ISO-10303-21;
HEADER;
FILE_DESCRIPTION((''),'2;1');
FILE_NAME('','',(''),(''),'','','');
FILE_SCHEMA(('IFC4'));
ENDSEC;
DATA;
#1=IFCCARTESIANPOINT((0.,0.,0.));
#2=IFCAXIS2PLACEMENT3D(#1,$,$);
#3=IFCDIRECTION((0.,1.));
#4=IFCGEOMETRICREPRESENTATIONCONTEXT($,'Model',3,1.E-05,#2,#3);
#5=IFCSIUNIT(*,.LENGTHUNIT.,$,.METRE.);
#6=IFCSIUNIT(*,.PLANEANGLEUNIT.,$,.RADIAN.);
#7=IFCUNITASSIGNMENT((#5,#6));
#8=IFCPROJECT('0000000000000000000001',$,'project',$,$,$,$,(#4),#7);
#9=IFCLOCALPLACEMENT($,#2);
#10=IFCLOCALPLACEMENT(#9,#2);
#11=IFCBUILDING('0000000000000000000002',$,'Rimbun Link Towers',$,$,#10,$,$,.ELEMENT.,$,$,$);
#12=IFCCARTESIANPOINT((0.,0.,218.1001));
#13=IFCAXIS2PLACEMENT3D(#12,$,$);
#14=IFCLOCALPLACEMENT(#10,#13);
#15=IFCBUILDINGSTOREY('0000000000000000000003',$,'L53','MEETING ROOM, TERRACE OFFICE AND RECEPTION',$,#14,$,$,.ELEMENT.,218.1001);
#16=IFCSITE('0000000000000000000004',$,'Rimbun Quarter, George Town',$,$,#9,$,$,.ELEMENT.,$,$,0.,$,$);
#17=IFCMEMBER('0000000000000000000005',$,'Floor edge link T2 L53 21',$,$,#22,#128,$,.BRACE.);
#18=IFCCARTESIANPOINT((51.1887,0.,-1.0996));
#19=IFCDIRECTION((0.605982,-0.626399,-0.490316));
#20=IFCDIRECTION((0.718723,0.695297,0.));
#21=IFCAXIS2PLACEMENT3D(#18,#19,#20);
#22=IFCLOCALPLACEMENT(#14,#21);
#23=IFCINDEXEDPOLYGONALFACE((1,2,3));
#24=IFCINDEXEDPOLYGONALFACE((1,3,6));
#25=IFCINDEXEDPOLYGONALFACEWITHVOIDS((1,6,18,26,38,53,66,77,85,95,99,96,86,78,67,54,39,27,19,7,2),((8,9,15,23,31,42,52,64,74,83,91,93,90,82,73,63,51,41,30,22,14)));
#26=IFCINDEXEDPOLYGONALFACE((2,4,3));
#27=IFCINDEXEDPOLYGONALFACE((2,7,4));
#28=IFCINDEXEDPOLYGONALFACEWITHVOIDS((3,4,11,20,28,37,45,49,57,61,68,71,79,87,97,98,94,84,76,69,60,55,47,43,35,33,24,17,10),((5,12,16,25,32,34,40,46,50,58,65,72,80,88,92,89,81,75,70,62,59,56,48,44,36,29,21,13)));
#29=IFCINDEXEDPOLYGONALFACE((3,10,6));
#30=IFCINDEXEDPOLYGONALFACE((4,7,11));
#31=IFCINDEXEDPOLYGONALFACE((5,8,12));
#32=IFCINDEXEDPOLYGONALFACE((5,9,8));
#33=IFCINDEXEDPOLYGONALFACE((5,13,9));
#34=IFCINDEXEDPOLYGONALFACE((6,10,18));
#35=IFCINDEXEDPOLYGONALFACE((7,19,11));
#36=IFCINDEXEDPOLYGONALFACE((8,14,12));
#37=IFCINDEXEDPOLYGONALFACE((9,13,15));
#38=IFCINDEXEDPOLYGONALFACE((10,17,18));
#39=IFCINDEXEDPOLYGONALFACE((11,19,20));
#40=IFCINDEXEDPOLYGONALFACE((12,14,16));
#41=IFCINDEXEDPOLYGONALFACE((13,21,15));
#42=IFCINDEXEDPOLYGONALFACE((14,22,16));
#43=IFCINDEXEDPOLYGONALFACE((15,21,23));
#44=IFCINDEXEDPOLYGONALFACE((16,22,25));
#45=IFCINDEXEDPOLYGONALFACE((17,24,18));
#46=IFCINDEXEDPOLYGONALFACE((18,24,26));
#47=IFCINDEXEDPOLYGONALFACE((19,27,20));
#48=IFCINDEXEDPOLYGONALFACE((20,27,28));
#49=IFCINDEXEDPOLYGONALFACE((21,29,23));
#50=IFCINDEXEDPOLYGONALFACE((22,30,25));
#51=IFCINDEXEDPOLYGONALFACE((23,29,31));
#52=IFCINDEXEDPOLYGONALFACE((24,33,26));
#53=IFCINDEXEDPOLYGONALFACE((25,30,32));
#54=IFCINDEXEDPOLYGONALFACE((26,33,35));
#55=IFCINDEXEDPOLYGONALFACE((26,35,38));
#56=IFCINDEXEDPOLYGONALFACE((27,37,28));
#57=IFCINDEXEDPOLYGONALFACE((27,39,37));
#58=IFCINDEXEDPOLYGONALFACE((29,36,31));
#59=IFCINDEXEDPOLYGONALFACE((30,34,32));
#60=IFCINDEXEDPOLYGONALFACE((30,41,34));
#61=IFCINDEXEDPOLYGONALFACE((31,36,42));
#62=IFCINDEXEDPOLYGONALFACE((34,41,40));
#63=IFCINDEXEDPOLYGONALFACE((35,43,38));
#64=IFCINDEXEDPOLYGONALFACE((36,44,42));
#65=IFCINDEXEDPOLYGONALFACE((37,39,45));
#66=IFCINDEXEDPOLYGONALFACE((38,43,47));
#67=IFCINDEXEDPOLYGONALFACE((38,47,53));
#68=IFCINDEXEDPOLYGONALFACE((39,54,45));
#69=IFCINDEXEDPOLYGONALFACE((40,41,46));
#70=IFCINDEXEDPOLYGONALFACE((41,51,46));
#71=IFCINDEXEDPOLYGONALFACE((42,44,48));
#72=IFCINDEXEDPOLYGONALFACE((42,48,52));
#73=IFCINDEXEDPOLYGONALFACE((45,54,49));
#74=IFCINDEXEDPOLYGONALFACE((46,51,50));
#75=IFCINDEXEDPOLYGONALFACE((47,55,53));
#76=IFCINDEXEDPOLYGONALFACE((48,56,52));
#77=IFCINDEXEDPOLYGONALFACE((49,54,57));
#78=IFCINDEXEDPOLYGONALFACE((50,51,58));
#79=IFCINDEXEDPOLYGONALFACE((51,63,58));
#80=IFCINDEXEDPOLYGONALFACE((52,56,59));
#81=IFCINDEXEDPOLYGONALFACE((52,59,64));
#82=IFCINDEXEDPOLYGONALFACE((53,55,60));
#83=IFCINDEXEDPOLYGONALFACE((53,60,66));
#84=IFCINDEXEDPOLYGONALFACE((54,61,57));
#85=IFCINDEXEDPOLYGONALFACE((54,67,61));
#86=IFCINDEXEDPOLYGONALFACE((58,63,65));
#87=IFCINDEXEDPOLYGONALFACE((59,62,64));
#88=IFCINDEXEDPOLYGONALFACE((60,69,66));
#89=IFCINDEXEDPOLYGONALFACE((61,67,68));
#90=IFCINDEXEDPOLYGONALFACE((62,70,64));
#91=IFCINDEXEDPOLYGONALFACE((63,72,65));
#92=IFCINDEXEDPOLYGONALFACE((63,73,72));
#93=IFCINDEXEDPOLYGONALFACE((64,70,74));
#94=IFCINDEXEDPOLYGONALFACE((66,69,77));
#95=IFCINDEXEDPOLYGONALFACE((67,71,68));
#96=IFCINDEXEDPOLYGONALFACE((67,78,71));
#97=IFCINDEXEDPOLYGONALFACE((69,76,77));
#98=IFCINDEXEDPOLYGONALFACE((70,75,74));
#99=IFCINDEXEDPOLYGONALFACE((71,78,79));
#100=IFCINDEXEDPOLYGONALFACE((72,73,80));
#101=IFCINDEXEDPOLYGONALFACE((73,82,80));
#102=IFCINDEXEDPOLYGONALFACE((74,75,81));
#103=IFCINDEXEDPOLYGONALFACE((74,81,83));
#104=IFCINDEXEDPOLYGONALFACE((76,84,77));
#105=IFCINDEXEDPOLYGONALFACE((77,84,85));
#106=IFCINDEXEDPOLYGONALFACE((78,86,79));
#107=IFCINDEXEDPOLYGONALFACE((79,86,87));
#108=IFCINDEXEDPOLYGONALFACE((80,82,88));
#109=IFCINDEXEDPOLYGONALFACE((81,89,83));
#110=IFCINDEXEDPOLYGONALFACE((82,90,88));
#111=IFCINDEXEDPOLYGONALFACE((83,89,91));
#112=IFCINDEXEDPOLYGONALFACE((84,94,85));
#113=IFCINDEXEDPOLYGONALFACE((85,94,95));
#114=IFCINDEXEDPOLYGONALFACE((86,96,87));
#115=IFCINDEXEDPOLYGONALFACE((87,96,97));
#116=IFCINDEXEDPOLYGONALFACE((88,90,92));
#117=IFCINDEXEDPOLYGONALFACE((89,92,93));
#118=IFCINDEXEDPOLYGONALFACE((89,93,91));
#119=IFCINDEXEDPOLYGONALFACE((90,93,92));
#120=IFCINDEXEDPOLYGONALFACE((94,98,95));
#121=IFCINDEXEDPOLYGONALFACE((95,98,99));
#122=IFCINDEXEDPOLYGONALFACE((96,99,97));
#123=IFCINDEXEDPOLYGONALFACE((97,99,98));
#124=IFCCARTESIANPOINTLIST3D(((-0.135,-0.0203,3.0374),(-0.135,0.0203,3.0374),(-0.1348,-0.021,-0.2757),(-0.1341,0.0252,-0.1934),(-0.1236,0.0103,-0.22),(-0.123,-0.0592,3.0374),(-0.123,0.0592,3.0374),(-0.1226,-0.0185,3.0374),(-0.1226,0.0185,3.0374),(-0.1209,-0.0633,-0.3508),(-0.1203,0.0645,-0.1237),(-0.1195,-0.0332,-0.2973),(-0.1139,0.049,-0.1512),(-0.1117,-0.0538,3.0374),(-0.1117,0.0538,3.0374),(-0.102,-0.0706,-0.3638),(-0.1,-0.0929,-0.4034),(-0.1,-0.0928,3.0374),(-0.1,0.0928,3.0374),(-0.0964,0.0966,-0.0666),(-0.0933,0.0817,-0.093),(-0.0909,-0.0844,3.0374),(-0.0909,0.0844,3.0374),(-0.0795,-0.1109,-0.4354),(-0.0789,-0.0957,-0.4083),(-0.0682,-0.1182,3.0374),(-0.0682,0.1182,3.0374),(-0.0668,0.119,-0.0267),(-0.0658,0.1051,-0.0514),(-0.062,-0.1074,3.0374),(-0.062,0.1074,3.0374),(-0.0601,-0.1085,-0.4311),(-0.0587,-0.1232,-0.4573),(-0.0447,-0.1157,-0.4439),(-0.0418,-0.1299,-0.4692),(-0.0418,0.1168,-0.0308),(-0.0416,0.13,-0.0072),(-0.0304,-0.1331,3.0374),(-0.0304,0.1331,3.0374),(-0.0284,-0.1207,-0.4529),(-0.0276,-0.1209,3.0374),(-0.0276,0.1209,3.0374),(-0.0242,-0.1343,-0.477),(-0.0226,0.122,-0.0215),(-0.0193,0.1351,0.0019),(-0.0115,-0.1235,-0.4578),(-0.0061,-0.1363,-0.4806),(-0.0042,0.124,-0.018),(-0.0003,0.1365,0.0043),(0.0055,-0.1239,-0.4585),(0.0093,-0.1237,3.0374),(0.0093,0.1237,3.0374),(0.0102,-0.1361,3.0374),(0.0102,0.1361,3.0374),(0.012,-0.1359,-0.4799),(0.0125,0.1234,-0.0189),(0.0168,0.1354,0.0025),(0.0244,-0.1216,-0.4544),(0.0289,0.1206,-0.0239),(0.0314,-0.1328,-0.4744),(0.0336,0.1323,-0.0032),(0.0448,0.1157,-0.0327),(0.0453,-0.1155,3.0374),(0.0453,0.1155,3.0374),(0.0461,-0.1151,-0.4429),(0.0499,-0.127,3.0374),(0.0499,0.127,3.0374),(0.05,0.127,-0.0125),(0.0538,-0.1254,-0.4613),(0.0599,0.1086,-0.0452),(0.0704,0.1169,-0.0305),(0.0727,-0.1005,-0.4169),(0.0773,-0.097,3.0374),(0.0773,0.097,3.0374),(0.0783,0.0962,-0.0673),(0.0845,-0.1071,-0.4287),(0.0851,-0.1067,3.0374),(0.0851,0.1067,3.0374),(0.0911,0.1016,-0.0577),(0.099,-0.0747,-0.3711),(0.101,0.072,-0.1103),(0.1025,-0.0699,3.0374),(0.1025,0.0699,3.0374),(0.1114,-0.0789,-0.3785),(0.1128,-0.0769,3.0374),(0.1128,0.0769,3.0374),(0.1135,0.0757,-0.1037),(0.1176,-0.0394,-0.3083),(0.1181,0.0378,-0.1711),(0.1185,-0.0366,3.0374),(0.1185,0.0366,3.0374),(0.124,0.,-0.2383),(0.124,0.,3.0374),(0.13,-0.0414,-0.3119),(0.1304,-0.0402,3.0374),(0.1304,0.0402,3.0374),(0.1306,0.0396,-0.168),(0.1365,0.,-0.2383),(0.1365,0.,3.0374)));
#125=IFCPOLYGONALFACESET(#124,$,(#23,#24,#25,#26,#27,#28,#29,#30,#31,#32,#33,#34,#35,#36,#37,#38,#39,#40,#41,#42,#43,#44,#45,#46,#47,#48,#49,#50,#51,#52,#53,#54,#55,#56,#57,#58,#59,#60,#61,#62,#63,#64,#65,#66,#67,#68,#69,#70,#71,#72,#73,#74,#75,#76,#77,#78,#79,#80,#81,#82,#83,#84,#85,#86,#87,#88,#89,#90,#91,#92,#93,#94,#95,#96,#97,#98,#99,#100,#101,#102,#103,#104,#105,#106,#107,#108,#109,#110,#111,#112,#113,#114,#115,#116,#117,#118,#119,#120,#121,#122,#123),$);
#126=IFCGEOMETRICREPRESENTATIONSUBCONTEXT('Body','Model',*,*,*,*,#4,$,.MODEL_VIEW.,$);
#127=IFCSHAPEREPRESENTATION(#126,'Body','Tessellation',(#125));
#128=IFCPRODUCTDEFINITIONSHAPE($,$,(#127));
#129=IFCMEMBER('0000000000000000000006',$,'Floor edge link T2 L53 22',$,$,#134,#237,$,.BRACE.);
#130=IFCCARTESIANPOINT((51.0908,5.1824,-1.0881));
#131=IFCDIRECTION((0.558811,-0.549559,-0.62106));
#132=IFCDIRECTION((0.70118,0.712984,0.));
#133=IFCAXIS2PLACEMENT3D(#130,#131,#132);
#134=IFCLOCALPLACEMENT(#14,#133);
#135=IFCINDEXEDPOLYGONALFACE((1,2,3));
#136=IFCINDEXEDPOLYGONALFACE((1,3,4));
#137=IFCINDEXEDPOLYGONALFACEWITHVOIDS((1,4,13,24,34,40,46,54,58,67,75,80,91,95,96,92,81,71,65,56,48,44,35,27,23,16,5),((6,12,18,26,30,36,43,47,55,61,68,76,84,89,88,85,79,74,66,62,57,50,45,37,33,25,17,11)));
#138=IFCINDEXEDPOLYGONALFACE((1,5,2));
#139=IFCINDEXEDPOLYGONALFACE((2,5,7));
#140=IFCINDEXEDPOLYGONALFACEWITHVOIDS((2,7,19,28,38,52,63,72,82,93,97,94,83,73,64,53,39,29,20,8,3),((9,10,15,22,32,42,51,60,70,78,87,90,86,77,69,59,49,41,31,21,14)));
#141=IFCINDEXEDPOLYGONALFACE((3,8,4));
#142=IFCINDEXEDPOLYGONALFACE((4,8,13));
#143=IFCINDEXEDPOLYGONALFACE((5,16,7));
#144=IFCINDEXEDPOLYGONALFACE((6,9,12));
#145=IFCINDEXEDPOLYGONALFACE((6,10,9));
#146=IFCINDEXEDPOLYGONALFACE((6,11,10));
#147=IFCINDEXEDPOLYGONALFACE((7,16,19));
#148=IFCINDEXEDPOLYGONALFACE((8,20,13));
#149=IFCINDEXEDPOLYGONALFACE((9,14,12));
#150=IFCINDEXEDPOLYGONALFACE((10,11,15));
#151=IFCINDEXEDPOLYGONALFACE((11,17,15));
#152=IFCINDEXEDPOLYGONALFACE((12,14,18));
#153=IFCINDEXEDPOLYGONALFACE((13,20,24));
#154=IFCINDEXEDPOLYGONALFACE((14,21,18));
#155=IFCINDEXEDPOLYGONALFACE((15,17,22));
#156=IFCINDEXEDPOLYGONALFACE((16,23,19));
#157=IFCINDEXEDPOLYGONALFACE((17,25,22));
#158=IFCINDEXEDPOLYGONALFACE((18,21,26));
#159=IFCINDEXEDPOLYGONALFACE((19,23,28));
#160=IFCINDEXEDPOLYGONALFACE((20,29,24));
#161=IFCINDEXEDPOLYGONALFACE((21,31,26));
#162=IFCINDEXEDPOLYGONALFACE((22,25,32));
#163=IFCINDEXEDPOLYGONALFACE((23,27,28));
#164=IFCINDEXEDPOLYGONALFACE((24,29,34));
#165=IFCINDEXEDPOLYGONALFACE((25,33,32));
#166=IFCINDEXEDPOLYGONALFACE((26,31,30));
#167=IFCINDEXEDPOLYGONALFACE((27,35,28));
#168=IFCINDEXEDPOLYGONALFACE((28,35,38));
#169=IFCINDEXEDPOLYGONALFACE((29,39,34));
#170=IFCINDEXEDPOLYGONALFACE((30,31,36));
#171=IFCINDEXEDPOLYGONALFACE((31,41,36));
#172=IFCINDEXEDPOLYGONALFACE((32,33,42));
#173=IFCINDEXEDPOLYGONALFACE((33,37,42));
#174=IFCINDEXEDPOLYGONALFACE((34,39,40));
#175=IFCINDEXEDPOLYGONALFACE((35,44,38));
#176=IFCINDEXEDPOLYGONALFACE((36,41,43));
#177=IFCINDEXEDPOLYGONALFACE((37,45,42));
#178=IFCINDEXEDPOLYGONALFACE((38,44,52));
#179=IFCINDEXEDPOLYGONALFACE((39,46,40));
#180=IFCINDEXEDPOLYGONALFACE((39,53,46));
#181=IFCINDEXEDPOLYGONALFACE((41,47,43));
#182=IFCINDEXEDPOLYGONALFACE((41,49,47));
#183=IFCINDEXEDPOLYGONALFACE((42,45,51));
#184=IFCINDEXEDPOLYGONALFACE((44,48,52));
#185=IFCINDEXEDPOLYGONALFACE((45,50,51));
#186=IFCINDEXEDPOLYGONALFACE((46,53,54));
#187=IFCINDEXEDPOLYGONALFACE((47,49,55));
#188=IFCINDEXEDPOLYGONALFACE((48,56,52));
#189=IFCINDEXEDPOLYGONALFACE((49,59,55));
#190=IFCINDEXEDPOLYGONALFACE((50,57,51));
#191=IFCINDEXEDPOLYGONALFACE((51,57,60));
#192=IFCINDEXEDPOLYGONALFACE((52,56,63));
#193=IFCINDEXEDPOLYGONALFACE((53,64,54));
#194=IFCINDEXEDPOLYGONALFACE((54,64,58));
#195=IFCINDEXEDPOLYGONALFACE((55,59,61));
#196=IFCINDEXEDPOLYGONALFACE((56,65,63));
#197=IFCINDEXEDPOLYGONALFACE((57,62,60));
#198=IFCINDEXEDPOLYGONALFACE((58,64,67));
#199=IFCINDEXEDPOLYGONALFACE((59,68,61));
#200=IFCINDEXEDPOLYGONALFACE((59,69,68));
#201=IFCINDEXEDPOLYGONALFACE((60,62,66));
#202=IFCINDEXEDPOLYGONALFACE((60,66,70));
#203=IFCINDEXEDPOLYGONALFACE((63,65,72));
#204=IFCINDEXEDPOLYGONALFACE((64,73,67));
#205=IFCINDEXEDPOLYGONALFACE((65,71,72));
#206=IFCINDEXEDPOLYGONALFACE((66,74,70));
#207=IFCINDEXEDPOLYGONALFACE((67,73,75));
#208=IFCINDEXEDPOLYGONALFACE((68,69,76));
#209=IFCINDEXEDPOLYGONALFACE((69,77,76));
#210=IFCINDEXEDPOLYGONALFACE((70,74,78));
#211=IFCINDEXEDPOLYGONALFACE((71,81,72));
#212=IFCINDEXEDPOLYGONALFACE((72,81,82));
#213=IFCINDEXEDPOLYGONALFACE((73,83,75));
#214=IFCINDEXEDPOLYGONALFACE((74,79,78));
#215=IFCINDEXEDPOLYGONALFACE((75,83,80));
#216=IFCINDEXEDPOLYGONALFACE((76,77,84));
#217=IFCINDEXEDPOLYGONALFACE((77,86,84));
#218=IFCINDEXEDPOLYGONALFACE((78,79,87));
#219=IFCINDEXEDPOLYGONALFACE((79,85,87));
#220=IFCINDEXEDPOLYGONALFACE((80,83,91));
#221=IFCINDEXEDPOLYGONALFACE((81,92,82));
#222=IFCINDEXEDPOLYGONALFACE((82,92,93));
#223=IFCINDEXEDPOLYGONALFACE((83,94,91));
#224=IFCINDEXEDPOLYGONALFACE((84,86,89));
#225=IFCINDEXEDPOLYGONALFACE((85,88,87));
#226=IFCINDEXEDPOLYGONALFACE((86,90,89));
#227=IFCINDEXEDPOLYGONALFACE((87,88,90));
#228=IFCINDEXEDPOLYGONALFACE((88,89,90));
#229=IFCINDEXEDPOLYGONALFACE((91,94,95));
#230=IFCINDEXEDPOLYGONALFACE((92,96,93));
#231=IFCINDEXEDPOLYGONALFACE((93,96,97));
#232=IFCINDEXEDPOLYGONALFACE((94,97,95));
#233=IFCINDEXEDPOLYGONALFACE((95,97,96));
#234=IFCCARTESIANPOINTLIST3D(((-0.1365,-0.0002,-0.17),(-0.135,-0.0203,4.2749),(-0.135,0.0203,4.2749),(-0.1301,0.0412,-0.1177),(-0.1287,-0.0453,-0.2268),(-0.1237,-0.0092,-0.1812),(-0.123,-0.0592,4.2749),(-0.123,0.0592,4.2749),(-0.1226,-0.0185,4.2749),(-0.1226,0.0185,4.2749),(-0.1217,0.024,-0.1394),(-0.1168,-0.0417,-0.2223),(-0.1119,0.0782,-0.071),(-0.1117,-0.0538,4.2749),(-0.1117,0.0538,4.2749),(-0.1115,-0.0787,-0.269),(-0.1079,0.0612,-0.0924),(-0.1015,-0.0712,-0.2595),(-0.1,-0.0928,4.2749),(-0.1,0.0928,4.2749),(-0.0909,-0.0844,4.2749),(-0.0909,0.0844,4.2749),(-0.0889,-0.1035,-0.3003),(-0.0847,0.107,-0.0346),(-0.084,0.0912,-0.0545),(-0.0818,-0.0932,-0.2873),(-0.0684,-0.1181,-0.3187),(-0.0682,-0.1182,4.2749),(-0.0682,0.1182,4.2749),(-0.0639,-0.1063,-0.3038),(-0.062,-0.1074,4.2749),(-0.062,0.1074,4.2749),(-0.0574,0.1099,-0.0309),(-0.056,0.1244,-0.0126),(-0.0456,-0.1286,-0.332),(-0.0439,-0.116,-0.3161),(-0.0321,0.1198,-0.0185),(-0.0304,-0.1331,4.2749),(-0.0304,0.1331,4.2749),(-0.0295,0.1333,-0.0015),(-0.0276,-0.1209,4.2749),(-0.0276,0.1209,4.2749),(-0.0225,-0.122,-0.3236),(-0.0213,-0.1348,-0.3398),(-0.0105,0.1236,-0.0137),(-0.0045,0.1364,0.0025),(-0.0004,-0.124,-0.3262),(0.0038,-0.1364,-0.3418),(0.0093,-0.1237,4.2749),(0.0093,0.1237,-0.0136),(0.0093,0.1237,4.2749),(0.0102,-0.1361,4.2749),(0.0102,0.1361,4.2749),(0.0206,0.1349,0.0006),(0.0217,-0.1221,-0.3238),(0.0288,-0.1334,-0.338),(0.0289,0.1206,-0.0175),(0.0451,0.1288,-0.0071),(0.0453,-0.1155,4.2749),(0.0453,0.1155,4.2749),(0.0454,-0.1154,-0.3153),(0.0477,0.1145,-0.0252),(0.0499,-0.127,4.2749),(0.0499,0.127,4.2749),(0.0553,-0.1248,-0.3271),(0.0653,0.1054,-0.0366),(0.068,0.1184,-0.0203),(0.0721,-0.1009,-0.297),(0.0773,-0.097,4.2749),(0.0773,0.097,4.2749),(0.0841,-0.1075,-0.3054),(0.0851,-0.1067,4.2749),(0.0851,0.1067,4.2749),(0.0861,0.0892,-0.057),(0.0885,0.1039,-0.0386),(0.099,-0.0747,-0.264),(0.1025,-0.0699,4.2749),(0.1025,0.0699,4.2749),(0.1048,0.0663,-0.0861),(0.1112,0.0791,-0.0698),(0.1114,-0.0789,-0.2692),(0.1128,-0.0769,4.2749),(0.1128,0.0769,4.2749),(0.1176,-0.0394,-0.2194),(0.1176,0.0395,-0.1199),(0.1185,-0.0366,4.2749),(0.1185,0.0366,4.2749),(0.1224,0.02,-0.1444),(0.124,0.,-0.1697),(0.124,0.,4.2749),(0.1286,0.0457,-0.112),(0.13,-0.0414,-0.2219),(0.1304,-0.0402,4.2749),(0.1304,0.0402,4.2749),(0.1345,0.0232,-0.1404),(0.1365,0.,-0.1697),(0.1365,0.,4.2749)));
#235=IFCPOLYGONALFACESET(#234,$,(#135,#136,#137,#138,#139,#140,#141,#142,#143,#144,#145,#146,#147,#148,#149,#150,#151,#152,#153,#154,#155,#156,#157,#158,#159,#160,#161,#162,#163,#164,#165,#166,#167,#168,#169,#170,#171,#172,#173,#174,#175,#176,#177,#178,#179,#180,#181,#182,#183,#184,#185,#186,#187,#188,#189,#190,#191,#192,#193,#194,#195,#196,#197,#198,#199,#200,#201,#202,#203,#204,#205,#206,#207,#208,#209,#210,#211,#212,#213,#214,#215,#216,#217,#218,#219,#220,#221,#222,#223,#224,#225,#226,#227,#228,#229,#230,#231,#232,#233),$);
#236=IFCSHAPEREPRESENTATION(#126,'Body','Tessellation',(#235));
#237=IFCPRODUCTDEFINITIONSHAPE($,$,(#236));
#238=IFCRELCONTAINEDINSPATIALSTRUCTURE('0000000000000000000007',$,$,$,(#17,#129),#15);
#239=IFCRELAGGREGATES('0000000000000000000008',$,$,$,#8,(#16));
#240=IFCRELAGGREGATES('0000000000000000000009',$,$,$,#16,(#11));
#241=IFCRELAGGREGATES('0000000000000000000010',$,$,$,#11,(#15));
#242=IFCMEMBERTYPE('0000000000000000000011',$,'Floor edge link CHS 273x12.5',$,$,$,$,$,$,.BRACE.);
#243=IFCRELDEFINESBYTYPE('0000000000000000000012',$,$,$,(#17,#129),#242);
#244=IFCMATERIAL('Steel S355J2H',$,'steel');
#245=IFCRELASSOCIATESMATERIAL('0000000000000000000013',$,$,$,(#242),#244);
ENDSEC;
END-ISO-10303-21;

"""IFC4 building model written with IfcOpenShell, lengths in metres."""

from ifc_helpers import new_model, si_unit, direction, frame, origin, origin_2d, place, context, subcontext, project, spatial, hollow_circle, extrude, clip, halfspace, material, material_profile, profile_set, type_object, element, save


model = new_model("IFC4")

# Units and contexts
model_context = context("Model", 3, precision=1e-05, world=origin(), true_north=direction((0.0, 1.0)))
body_context = subcontext(model_context, "Body", "Model", "MODEL_VIEW")
ifc_project = project(units=[si_unit("LENGTHUNIT", "METRE"), si_unit("PLANEANGLEUNIT", "RADIAN")], contexts=[model_context])

# Site, building, storey
site_placement = place(None, origin())
site = spatial("IfcSite", under=ifc_project, at=site_placement, Name="Rimbun Quarter, George Town", CompositionType="ELEMENT", RefElevation=0.0)
building_placement = place(site_placement, origin())
building = spatial("IfcBuilding", under=site, at=building_placement, Name="Rimbun Link Towers", CompositionType="ELEMENT")
storey_placement = place(building_placement, frame((0.0, 0.0, 218.1001)))
storey = spatial("IfcBuildingStorey", under=building, at=storey_placement, Name="L53", Description="MEETING ROOM, TERRACE OFFICE AND RECEPTION", CompositionType="ELEMENT", Elevation=218.1001)

# Members
ifc_material_1 = material(Name="Steel S355J2H", Category="steel")
ifc_material_profile_1 = material_profile(ifc_material_1, hollow_circle(Radius=0.1365, WallThickness=0.0125, at=origin_2d()), Name="CHS 273x12.5")
ifc_profile_set_1 = profile_set([ifc_material_profile_1], Name="Steel S355J2H")
member_type_1 = type_object("IfcMemberType", Name="Floor edge link CHS 273x12.5", PredefinedType="BRACE", material=ifc_profile_set_1)
member_1_placement = place(storey_placement, frame((51.1887, 0.0, -1.0996), z_axis=(0.605982, -0.626399, -0.490316), x_axis=(0.718723, 0.695297, 0.0)))
element("IfcMember", 1, at=member_1_placement, inside=storey, type_object=member_type_1, Name="Floor edge link T2 L53 21", PredefinedType="BRACE", context=body_context, shape_type="Clipping", body=[
    clip(extrude(hollow_circle(Radius=0.1365, WallThickness=0.0125, at=origin_2d()), frame((0.0, 0.0, -0.5056)), (0.0, 0.0, 1.0), 3.543), halfspace(frame((0.0, 0.0, -0.2383), z_axis=(0.0, 0.871545, -0.490316)), False)),
])
member_2_placement = place(storey_placement, frame((51.0908, 5.1824, -1.0881), z_axis=(0.558811, -0.549559, -0.62106), x_axis=(0.70118, 0.712984, 0.0)))
element("IfcMember", 2, at=member_2_placement, inside=storey, type_object=member_type_1, Name="Floor edge link T2 L53 22", PredefinedType="BRACE", context=body_context, shape_type="Clipping", body=[
    clip(extrude(hollow_circle(Radius=0.1365, WallThickness=0.0125, at=origin_2d()), frame((0.0, 0.0, -0.3606)), (0.0, 0.0, 1.0), 4.6355), halfspace(frame((0.0, 0.0, -0.1697), z_axis=(0.0, 0.783763, -0.62106)), False)),
])

save(model, "model.ifc")
